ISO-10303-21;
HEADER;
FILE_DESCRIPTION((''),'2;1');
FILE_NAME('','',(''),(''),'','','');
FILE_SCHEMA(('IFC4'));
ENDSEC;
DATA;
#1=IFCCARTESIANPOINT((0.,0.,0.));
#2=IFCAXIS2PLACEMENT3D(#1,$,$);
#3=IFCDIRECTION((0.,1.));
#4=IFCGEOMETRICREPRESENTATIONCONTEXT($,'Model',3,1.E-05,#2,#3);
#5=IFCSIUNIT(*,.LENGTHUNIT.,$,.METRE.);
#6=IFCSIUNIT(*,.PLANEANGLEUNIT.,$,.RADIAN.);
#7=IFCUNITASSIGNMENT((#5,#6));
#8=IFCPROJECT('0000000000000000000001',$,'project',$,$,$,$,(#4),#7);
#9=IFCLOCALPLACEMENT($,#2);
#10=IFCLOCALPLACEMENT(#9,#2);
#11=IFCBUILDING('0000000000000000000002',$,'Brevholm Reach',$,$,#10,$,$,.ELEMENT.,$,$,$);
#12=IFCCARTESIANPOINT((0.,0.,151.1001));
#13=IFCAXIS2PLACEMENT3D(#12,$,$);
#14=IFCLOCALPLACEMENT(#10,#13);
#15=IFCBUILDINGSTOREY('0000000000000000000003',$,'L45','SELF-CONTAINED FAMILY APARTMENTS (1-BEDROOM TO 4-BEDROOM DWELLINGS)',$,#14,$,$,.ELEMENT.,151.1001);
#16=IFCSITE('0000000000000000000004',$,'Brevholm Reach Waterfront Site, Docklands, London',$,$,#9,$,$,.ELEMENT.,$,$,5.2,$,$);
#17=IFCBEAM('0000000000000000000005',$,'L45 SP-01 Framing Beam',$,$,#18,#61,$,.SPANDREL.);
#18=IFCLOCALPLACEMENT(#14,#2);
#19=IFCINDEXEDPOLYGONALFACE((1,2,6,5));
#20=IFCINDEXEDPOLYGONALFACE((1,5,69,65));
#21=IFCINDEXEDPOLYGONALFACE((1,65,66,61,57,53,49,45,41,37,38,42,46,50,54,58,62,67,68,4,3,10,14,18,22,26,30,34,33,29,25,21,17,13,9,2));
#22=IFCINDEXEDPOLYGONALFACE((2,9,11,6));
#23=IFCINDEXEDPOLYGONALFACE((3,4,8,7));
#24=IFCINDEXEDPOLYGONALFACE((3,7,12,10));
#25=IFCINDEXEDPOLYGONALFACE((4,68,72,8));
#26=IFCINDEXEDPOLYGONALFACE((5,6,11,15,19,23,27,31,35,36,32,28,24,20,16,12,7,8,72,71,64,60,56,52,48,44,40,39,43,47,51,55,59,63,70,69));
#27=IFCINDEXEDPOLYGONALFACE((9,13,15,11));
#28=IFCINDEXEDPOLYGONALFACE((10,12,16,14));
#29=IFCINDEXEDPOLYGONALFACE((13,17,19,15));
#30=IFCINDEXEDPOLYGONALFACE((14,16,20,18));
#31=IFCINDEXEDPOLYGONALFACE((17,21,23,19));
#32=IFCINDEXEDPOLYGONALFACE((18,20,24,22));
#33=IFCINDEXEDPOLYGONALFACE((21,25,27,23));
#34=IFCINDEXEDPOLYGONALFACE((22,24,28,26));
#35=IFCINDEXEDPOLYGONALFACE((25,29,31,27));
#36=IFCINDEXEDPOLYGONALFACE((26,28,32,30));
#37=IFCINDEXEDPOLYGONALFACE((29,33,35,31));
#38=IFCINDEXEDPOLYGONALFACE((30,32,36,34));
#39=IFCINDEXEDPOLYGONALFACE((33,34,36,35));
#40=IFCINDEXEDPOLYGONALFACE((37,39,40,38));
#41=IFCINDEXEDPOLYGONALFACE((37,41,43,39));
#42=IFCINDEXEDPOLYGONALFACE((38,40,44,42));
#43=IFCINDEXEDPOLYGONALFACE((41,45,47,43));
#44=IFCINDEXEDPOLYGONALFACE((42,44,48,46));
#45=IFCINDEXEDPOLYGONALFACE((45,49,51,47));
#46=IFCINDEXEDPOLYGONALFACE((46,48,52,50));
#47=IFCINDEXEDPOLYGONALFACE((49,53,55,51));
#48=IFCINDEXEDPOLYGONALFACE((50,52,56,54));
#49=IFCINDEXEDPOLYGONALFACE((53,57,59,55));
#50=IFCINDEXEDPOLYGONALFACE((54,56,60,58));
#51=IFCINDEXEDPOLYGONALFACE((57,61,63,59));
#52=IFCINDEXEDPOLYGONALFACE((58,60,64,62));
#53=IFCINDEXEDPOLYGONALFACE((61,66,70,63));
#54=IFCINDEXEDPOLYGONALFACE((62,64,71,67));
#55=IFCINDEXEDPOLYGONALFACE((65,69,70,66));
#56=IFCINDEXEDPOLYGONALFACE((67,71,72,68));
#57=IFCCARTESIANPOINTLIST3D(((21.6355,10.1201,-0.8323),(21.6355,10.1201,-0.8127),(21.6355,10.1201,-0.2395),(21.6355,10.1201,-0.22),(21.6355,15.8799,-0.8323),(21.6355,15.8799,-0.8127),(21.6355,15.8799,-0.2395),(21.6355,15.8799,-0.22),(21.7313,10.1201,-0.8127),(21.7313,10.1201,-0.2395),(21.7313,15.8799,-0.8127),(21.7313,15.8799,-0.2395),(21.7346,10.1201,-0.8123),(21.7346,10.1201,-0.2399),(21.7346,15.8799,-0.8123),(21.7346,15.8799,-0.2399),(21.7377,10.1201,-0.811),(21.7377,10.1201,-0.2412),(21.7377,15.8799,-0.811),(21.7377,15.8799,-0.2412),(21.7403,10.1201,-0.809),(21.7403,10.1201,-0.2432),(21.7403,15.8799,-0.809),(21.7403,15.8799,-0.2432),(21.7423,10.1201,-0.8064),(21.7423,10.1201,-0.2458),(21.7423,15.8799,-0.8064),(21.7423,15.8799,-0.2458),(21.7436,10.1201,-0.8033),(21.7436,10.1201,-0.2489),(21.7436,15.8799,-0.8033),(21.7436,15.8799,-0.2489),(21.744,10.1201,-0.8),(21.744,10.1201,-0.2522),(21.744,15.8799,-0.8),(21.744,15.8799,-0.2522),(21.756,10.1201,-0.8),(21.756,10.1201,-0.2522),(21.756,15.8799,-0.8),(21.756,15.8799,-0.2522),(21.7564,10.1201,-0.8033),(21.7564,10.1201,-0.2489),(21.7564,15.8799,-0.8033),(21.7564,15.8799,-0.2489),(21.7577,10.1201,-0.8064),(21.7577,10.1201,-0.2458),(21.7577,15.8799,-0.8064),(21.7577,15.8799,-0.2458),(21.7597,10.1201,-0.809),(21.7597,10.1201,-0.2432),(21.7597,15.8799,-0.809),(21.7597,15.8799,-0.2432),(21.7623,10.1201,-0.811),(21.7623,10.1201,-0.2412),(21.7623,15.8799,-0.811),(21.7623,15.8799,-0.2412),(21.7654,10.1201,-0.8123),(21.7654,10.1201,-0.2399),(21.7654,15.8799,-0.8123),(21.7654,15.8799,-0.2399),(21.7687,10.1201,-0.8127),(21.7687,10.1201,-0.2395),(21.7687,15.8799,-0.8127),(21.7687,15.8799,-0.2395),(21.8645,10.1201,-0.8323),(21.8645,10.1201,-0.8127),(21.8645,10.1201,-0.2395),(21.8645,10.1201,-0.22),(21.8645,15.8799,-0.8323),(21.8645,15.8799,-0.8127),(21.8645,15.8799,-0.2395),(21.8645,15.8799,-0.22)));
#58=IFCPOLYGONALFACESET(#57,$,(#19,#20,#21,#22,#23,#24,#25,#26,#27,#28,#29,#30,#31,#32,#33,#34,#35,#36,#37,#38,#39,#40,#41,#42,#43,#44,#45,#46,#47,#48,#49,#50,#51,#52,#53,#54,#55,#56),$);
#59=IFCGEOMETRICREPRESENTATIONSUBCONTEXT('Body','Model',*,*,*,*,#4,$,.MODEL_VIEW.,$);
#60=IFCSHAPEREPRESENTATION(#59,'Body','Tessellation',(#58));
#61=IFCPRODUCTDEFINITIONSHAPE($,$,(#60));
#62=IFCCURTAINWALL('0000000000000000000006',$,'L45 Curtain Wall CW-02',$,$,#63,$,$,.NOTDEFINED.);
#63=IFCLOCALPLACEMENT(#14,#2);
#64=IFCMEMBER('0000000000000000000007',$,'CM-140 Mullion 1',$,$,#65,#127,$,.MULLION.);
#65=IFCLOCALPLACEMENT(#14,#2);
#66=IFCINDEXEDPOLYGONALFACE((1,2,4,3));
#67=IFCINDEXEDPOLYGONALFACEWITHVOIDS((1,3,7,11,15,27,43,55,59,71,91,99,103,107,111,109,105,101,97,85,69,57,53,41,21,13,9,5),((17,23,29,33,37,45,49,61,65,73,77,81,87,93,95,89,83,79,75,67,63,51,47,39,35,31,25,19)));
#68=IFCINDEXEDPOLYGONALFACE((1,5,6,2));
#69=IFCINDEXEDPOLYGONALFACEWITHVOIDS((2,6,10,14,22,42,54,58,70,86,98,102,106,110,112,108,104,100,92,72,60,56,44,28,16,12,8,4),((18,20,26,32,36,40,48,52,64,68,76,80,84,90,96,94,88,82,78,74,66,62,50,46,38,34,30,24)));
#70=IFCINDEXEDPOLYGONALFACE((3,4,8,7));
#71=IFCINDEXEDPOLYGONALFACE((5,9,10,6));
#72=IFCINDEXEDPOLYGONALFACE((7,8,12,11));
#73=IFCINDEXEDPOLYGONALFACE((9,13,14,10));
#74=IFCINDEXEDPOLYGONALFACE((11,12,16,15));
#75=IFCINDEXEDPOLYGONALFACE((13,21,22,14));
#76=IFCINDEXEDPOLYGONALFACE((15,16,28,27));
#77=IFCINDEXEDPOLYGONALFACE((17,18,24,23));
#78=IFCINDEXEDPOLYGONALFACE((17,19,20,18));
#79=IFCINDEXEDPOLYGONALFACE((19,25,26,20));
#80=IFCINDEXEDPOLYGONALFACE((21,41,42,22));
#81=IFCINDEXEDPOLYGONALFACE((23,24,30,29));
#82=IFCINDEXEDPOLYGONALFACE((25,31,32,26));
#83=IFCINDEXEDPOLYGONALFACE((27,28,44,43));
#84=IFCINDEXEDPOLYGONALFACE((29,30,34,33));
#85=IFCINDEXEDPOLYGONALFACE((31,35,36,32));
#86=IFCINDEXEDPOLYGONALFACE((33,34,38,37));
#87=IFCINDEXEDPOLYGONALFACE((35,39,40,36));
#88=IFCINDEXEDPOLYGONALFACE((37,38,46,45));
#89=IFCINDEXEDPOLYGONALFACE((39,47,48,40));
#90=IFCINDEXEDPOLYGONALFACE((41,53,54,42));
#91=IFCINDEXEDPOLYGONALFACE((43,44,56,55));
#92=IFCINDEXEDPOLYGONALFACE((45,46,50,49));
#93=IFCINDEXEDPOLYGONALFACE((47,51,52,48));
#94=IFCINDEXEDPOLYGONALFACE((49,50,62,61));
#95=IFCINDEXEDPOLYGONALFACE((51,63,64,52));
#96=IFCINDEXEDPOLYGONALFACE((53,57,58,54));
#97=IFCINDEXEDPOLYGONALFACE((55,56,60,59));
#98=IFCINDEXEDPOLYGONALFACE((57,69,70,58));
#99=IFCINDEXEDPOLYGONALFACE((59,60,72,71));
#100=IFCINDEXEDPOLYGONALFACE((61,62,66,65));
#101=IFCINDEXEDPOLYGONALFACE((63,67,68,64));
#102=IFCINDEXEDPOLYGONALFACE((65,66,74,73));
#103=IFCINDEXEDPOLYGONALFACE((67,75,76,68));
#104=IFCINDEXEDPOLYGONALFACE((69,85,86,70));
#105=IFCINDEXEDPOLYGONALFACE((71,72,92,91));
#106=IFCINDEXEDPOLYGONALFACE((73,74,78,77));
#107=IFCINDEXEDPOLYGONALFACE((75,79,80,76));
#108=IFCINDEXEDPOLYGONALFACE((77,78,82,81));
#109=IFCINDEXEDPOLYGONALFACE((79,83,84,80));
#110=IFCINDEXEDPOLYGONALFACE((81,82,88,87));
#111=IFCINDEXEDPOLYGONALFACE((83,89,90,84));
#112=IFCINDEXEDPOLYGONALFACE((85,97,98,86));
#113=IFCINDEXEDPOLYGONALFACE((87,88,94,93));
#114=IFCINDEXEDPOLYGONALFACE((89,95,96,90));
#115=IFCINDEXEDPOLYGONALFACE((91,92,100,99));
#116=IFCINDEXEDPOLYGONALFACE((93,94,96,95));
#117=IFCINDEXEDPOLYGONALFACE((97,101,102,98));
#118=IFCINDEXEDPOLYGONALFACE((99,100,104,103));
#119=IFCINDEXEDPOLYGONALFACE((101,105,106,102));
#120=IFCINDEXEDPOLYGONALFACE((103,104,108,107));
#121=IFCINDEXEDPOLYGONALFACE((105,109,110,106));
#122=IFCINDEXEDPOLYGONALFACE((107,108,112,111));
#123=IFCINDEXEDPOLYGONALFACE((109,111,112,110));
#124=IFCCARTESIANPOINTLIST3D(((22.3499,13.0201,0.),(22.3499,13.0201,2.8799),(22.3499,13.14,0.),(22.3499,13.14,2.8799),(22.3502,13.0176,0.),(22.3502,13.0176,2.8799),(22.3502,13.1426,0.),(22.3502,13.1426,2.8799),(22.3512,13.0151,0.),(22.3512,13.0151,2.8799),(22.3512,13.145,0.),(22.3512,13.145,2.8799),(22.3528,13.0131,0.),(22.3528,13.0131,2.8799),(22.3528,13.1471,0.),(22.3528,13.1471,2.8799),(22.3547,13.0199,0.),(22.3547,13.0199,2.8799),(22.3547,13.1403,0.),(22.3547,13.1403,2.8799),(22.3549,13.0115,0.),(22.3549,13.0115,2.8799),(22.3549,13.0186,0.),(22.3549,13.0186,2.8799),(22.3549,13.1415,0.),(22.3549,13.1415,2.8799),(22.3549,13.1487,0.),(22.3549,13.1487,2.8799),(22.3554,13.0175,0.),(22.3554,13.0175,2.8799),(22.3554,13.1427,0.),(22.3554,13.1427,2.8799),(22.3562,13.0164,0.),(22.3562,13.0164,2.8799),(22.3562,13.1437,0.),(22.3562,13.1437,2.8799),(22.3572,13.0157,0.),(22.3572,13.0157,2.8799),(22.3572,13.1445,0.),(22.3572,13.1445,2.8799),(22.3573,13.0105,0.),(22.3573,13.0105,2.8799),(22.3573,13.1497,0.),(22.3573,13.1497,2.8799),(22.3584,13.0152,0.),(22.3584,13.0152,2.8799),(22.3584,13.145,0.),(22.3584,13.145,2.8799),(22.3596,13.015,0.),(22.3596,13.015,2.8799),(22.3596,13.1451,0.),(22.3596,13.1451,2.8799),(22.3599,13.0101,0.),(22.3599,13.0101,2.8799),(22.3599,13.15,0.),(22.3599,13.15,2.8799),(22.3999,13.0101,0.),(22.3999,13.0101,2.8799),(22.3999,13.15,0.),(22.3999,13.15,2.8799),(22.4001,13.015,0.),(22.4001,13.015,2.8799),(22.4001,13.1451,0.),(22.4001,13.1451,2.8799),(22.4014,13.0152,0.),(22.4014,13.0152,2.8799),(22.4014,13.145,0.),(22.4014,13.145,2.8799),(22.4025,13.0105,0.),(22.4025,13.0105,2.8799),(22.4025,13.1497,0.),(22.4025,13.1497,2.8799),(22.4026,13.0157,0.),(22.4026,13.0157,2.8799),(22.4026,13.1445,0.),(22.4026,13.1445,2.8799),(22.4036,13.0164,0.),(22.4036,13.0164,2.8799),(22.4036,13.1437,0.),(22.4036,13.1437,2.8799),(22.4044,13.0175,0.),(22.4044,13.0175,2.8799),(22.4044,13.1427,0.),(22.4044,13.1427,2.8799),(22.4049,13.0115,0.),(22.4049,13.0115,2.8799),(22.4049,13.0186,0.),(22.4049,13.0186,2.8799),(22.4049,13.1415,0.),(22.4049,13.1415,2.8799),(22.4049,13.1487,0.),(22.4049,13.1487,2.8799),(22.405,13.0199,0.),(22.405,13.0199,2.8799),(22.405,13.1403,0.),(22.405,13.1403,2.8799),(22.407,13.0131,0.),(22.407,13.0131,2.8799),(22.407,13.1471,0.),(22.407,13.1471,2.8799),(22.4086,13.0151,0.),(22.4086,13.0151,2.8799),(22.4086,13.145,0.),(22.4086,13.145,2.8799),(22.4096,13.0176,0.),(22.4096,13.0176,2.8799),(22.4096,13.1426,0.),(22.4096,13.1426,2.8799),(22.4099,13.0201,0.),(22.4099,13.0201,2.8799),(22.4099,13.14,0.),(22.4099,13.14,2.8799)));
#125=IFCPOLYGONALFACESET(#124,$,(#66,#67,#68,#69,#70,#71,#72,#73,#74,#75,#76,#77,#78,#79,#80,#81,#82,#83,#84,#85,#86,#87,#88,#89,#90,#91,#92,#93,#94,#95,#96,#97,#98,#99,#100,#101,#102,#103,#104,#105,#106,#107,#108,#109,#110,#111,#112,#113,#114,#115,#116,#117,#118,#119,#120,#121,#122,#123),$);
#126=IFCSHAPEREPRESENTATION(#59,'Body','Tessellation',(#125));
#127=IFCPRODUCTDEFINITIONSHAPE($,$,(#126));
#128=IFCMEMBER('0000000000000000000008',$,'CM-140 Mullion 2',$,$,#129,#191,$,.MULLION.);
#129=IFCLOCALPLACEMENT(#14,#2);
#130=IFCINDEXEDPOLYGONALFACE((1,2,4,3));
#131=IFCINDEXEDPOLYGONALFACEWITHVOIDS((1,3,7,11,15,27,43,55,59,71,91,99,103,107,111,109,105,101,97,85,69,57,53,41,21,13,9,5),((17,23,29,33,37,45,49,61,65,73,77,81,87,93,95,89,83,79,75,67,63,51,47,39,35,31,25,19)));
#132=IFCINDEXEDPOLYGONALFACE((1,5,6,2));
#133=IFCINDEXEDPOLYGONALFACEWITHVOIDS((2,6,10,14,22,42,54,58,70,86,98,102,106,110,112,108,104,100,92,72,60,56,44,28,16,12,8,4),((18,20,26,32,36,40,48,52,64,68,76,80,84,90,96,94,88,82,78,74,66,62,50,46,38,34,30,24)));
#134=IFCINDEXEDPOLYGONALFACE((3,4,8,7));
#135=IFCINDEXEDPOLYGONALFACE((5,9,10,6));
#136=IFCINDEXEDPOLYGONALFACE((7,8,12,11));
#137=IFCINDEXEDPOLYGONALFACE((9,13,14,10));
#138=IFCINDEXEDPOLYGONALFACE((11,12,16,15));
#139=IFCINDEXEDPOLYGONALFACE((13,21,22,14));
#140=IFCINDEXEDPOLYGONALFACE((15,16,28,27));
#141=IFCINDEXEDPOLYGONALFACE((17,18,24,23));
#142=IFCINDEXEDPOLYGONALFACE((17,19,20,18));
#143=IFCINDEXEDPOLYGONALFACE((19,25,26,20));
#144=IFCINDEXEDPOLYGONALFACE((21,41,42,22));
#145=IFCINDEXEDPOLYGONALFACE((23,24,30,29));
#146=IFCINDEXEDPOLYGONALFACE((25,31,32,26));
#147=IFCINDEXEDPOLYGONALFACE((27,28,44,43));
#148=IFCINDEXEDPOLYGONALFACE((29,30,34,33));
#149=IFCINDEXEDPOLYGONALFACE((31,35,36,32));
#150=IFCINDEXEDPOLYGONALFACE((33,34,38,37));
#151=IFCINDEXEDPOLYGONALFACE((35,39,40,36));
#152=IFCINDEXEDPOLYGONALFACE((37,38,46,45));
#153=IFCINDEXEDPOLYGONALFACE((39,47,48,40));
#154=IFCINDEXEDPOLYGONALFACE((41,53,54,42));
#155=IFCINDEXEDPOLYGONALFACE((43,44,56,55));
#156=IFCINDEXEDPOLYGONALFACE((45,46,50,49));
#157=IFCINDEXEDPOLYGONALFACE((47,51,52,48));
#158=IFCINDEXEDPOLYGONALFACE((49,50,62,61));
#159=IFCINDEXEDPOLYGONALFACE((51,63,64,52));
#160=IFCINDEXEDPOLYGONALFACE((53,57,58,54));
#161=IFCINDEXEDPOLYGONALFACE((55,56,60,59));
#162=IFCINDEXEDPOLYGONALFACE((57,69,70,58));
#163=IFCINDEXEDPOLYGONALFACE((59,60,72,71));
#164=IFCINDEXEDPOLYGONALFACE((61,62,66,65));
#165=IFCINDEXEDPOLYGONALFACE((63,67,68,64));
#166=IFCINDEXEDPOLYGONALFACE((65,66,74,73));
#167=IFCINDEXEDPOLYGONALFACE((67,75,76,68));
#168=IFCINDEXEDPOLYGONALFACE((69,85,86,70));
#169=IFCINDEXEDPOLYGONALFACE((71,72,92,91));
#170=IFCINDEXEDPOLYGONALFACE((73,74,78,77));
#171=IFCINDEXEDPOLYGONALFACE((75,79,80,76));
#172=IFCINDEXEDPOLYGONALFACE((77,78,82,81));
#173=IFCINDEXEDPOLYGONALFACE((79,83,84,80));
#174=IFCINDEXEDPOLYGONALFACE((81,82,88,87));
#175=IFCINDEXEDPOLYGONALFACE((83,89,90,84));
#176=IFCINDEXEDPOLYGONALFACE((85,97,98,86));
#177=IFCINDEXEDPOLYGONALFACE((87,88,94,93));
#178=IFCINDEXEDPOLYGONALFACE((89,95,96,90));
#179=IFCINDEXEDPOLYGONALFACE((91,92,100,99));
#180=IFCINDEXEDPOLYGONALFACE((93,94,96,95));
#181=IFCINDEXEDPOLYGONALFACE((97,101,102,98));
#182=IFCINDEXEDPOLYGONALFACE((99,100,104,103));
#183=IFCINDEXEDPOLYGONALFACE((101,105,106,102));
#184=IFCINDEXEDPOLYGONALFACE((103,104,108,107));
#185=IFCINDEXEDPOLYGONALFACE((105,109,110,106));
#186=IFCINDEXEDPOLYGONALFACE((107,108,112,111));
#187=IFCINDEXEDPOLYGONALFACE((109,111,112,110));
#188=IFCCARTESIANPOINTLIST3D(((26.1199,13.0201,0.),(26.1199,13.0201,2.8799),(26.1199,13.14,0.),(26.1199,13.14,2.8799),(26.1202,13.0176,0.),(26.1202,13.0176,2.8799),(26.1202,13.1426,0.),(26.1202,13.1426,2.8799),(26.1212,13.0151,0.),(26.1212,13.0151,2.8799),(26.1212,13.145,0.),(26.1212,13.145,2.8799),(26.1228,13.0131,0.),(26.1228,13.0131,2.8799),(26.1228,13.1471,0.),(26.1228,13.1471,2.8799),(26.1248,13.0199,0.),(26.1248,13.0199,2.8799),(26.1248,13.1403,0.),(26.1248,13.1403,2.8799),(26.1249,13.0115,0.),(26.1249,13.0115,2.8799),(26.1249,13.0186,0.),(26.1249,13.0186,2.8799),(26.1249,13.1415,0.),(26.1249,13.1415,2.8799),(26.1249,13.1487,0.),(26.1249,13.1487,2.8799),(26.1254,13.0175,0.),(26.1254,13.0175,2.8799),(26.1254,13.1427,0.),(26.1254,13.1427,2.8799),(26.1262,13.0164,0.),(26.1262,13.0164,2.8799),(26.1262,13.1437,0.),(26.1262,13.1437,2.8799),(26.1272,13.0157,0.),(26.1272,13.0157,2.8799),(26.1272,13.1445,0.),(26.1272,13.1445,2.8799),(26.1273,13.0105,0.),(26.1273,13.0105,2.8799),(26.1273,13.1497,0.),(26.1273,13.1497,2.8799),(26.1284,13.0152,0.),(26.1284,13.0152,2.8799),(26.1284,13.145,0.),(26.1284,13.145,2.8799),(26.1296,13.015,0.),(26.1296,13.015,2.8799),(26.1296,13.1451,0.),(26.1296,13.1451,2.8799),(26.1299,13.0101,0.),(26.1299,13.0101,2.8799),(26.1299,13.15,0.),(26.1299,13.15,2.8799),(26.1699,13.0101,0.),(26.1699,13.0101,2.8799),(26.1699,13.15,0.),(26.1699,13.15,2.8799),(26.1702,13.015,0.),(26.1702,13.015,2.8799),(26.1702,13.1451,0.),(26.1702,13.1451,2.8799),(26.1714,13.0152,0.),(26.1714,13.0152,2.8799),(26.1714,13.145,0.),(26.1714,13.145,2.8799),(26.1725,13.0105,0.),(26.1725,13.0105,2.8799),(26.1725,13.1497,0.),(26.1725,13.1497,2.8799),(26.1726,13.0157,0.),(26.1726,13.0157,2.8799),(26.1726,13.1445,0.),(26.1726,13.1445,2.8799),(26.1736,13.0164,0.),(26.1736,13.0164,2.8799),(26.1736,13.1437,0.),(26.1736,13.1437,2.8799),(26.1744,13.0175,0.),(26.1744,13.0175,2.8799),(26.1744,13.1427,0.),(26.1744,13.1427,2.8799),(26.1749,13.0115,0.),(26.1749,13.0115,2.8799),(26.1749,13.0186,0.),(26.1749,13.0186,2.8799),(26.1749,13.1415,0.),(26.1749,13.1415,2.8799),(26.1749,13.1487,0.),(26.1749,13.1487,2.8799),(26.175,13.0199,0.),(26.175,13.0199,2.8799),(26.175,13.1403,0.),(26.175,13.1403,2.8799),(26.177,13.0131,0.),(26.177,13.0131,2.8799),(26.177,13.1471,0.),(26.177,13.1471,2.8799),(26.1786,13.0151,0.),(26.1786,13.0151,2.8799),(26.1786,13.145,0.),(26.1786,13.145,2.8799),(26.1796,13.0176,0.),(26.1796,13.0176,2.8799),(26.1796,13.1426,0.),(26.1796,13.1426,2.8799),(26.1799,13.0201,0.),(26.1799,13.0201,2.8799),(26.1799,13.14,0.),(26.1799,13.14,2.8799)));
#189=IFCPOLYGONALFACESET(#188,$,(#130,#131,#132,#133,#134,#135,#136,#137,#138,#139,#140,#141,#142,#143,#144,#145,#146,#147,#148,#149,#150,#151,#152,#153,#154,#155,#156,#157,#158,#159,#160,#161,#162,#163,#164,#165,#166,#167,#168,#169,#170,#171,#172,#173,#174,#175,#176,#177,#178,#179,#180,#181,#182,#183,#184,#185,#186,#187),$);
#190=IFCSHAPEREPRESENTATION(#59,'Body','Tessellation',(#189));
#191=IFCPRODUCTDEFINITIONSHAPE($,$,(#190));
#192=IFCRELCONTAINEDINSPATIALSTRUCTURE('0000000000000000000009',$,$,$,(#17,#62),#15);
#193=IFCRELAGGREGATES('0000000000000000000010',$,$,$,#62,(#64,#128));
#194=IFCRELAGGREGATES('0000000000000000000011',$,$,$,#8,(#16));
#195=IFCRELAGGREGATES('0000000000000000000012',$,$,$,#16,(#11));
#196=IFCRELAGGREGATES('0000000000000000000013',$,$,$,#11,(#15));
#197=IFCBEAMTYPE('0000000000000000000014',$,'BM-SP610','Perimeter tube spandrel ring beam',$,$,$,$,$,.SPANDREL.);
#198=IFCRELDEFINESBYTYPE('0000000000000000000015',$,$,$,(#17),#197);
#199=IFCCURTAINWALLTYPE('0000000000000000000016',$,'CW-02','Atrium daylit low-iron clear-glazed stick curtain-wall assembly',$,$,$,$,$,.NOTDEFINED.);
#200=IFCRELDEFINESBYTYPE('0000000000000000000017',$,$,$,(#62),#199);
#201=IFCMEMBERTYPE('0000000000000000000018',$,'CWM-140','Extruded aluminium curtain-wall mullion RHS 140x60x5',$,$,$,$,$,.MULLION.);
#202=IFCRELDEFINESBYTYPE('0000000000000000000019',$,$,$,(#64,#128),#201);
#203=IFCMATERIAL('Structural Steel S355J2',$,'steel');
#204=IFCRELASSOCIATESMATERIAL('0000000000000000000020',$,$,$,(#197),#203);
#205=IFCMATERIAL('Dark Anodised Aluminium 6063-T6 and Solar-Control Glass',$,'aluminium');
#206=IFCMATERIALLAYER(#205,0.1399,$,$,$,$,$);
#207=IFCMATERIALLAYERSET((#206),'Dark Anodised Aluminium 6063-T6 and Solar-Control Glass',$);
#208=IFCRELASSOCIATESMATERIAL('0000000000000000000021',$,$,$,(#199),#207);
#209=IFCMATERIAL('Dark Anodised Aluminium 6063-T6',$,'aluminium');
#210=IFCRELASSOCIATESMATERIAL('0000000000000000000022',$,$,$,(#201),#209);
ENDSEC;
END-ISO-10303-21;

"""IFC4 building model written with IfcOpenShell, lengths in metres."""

from ifc_helpers import new_model, si_unit, direction, frame, origin, origin_2d, place, context, subcontext, project, spatial, hollow_rectangle, i_section, extrude, material, layer, layer_set, material_profile, profile_set, type_object, element, aggregate, save


model = new_model("IFC4")

# Units and contexts
model_context = context("Model", 3, precision=1e-05, world=origin(), true_north=direction((0.0, 1.0)))
body_context = subcontext(model_context, "Body", "Model", "MODEL_VIEW")
ifc_project = project(units=[si_unit("LENGTHUNIT", "METRE"), si_unit("PLANEANGLEUNIT", "RADIAN")], contexts=[model_context])

# Site, building, storey
site_placement = place(None, origin())
site = spatial("IfcSite", under=ifc_project, at=site_placement, Name="Brevholm Reach Waterfront Site, Docklands, London", CompositionType="ELEMENT", RefElevation=5.2)
building_placement = place(site_placement, origin())
building = spatial("IfcBuilding", under=site, at=building_placement, Name="Brevholm Reach", CompositionType="ELEMENT")
storey_placement = place(building_placement, frame((0.0, 0.0, 151.1001)))
storey = spatial("IfcBuildingStorey", under=building, at=storey_placement, Name="L45", Description="SELF-CONTAINED FAMILY APARTMENTS (1-BEDROOM TO 4-BEDROOM DWELLINGS)", CompositionType="ELEMENT", Elevation=151.1001)

# Beam
ifc_material_1 = material(Name="Structural Steel S355J2", Category="steel")
ifc_material_profile_1 = material_profile(ifc_material_1, i_section(OverallWidth=0.229, OverallDepth=0.6123, WebThickness=0.012, FlangeThickness=0.0195, FilletRadius=0.0127, at=origin_2d()), Name="UKB 610x229x125")
ifc_profile_set_1 = profile_set([ifc_material_profile_1], Name="Structural Steel S355J2")
beam_type_1 = type_object("IfcBeamType", Name="BM-SP610", Description="Perimeter tube spandrel ring beam", PredefinedType="SPANDREL", material=ifc_profile_set_1)
beam_1_placement = place(storey_placement, frame((21.75, 10.1201, -0.5261), z_axis=(0.0, 1.0, 0.0), x_axis=(-1.0, 0.0, 0.0)))
element("IfcBeam", 1, at=beam_1_placement, inside=storey, type_object=beam_type_1, Name="L45 SP-01 Framing Beam", PredefinedType="SPANDREL", context=body_context, shape_type="SweptSolid", body=[
    extrude(i_section(OverallWidth=0.229, OverallDepth=0.6123, WebThickness=0.012, FlangeThickness=0.0195, FilletRadius=0.0127, at=origin_2d()), origin(), (0.0, 0.0, 1.0), 5.7598),
])

# Curtain wall, members
ifc_material_2 = material(Name="Dark Anodised Aluminium 6063-T6 and Solar-Control Glass", Category="aluminium")
ifc_layer_1 = layer(ifc_material_2, 0.1399)
ifc_layer_set_1 = layer_set([ifc_layer_1], Name="Dark Anodised Aluminium 6063-T6 and Solar-Control Glass")
curtain_wall_type = type_object("IfcCurtainWallType", Name="CW-02", Description="Atrium daylit low-iron clear-glazed stick curtain-wall assembly", PredefinedType="NOTDEFINED", material=ifc_layer_set_1)
curtain_wall_placement = place(storey_placement, origin())
curtain_wall = element("IfcCurtainWall", 2, at=curtain_wall_placement, inside=storey, type_object=curtain_wall_type, Name="L45 Curtain Wall CW-02", PredefinedType="NOTDEFINED")
ifc_material_3 = material(Name="Dark Anodised Aluminium 6063-T6", Category="aluminium")
ifc_material_profile_2 = material_profile(ifc_material_3, hollow_rectangle(XDim=0.0601, YDim=0.1399, WallThickness=0.0049, InnerFilletRadius=0.0049, OuterFilletRadius=0.01, at=origin_2d()), Name="RHS 140x60x5")
ifc_profile_set_2 = profile_set([ifc_material_profile_2], Name="Dark Anodised Aluminium 6063-T6")
member_type_1 = type_object("IfcMemberType", Name="CWM-140", Description="Extruded aluminium curtain-wall mullion RHS 140x60x5", PredefinedType="MULLION", material=ifc_profile_set_2)
member_1_placement = place(storey_placement, frame((22.3799, 13.0801, 0.0), z_axis=(0.0, 0.0, 1.0), x_axis=(1.0, 0.0, 0.0)))
member_1 = element("IfcMember", 3, at=member_1_placement, type_object=member_type_1, Name="CM-140 Mullion 1", PredefinedType="MULLION", context=body_context, shape_type="SweptSolid", body=[
    extrude(hollow_rectangle(XDim=0.0601, YDim=0.1399, WallThickness=0.0049, InnerFilletRadius=0.0049, OuterFilletRadius=0.01, at=origin_2d()), origin(), (0.0, 0.0, 1.0), 2.8799),
])
member_2_placement = place(storey_placement, frame((26.1499, 13.0801, 0.0), z_axis=(0.0, 0.0, 1.0), x_axis=(1.0, 0.0, 0.0)))
member_2 = element("IfcMember", 4, at=member_2_placement, type_object=member_type_1, Name="CM-140 Mullion 2", PredefinedType="MULLION", context=body_context, shape_type="SweptSolid", body=[
    extrude(hollow_rectangle(XDim=0.0601, YDim=0.1399, WallThickness=0.0049, InnerFilletRadius=0.0049, OuterFilletRadius=0.01, at=origin_2d()), origin(), (0.0, 0.0, 1.0), 2.8799),
])
aggregate(curtain_wall, [member_1, member_2])

save(model, "model.ifc")
